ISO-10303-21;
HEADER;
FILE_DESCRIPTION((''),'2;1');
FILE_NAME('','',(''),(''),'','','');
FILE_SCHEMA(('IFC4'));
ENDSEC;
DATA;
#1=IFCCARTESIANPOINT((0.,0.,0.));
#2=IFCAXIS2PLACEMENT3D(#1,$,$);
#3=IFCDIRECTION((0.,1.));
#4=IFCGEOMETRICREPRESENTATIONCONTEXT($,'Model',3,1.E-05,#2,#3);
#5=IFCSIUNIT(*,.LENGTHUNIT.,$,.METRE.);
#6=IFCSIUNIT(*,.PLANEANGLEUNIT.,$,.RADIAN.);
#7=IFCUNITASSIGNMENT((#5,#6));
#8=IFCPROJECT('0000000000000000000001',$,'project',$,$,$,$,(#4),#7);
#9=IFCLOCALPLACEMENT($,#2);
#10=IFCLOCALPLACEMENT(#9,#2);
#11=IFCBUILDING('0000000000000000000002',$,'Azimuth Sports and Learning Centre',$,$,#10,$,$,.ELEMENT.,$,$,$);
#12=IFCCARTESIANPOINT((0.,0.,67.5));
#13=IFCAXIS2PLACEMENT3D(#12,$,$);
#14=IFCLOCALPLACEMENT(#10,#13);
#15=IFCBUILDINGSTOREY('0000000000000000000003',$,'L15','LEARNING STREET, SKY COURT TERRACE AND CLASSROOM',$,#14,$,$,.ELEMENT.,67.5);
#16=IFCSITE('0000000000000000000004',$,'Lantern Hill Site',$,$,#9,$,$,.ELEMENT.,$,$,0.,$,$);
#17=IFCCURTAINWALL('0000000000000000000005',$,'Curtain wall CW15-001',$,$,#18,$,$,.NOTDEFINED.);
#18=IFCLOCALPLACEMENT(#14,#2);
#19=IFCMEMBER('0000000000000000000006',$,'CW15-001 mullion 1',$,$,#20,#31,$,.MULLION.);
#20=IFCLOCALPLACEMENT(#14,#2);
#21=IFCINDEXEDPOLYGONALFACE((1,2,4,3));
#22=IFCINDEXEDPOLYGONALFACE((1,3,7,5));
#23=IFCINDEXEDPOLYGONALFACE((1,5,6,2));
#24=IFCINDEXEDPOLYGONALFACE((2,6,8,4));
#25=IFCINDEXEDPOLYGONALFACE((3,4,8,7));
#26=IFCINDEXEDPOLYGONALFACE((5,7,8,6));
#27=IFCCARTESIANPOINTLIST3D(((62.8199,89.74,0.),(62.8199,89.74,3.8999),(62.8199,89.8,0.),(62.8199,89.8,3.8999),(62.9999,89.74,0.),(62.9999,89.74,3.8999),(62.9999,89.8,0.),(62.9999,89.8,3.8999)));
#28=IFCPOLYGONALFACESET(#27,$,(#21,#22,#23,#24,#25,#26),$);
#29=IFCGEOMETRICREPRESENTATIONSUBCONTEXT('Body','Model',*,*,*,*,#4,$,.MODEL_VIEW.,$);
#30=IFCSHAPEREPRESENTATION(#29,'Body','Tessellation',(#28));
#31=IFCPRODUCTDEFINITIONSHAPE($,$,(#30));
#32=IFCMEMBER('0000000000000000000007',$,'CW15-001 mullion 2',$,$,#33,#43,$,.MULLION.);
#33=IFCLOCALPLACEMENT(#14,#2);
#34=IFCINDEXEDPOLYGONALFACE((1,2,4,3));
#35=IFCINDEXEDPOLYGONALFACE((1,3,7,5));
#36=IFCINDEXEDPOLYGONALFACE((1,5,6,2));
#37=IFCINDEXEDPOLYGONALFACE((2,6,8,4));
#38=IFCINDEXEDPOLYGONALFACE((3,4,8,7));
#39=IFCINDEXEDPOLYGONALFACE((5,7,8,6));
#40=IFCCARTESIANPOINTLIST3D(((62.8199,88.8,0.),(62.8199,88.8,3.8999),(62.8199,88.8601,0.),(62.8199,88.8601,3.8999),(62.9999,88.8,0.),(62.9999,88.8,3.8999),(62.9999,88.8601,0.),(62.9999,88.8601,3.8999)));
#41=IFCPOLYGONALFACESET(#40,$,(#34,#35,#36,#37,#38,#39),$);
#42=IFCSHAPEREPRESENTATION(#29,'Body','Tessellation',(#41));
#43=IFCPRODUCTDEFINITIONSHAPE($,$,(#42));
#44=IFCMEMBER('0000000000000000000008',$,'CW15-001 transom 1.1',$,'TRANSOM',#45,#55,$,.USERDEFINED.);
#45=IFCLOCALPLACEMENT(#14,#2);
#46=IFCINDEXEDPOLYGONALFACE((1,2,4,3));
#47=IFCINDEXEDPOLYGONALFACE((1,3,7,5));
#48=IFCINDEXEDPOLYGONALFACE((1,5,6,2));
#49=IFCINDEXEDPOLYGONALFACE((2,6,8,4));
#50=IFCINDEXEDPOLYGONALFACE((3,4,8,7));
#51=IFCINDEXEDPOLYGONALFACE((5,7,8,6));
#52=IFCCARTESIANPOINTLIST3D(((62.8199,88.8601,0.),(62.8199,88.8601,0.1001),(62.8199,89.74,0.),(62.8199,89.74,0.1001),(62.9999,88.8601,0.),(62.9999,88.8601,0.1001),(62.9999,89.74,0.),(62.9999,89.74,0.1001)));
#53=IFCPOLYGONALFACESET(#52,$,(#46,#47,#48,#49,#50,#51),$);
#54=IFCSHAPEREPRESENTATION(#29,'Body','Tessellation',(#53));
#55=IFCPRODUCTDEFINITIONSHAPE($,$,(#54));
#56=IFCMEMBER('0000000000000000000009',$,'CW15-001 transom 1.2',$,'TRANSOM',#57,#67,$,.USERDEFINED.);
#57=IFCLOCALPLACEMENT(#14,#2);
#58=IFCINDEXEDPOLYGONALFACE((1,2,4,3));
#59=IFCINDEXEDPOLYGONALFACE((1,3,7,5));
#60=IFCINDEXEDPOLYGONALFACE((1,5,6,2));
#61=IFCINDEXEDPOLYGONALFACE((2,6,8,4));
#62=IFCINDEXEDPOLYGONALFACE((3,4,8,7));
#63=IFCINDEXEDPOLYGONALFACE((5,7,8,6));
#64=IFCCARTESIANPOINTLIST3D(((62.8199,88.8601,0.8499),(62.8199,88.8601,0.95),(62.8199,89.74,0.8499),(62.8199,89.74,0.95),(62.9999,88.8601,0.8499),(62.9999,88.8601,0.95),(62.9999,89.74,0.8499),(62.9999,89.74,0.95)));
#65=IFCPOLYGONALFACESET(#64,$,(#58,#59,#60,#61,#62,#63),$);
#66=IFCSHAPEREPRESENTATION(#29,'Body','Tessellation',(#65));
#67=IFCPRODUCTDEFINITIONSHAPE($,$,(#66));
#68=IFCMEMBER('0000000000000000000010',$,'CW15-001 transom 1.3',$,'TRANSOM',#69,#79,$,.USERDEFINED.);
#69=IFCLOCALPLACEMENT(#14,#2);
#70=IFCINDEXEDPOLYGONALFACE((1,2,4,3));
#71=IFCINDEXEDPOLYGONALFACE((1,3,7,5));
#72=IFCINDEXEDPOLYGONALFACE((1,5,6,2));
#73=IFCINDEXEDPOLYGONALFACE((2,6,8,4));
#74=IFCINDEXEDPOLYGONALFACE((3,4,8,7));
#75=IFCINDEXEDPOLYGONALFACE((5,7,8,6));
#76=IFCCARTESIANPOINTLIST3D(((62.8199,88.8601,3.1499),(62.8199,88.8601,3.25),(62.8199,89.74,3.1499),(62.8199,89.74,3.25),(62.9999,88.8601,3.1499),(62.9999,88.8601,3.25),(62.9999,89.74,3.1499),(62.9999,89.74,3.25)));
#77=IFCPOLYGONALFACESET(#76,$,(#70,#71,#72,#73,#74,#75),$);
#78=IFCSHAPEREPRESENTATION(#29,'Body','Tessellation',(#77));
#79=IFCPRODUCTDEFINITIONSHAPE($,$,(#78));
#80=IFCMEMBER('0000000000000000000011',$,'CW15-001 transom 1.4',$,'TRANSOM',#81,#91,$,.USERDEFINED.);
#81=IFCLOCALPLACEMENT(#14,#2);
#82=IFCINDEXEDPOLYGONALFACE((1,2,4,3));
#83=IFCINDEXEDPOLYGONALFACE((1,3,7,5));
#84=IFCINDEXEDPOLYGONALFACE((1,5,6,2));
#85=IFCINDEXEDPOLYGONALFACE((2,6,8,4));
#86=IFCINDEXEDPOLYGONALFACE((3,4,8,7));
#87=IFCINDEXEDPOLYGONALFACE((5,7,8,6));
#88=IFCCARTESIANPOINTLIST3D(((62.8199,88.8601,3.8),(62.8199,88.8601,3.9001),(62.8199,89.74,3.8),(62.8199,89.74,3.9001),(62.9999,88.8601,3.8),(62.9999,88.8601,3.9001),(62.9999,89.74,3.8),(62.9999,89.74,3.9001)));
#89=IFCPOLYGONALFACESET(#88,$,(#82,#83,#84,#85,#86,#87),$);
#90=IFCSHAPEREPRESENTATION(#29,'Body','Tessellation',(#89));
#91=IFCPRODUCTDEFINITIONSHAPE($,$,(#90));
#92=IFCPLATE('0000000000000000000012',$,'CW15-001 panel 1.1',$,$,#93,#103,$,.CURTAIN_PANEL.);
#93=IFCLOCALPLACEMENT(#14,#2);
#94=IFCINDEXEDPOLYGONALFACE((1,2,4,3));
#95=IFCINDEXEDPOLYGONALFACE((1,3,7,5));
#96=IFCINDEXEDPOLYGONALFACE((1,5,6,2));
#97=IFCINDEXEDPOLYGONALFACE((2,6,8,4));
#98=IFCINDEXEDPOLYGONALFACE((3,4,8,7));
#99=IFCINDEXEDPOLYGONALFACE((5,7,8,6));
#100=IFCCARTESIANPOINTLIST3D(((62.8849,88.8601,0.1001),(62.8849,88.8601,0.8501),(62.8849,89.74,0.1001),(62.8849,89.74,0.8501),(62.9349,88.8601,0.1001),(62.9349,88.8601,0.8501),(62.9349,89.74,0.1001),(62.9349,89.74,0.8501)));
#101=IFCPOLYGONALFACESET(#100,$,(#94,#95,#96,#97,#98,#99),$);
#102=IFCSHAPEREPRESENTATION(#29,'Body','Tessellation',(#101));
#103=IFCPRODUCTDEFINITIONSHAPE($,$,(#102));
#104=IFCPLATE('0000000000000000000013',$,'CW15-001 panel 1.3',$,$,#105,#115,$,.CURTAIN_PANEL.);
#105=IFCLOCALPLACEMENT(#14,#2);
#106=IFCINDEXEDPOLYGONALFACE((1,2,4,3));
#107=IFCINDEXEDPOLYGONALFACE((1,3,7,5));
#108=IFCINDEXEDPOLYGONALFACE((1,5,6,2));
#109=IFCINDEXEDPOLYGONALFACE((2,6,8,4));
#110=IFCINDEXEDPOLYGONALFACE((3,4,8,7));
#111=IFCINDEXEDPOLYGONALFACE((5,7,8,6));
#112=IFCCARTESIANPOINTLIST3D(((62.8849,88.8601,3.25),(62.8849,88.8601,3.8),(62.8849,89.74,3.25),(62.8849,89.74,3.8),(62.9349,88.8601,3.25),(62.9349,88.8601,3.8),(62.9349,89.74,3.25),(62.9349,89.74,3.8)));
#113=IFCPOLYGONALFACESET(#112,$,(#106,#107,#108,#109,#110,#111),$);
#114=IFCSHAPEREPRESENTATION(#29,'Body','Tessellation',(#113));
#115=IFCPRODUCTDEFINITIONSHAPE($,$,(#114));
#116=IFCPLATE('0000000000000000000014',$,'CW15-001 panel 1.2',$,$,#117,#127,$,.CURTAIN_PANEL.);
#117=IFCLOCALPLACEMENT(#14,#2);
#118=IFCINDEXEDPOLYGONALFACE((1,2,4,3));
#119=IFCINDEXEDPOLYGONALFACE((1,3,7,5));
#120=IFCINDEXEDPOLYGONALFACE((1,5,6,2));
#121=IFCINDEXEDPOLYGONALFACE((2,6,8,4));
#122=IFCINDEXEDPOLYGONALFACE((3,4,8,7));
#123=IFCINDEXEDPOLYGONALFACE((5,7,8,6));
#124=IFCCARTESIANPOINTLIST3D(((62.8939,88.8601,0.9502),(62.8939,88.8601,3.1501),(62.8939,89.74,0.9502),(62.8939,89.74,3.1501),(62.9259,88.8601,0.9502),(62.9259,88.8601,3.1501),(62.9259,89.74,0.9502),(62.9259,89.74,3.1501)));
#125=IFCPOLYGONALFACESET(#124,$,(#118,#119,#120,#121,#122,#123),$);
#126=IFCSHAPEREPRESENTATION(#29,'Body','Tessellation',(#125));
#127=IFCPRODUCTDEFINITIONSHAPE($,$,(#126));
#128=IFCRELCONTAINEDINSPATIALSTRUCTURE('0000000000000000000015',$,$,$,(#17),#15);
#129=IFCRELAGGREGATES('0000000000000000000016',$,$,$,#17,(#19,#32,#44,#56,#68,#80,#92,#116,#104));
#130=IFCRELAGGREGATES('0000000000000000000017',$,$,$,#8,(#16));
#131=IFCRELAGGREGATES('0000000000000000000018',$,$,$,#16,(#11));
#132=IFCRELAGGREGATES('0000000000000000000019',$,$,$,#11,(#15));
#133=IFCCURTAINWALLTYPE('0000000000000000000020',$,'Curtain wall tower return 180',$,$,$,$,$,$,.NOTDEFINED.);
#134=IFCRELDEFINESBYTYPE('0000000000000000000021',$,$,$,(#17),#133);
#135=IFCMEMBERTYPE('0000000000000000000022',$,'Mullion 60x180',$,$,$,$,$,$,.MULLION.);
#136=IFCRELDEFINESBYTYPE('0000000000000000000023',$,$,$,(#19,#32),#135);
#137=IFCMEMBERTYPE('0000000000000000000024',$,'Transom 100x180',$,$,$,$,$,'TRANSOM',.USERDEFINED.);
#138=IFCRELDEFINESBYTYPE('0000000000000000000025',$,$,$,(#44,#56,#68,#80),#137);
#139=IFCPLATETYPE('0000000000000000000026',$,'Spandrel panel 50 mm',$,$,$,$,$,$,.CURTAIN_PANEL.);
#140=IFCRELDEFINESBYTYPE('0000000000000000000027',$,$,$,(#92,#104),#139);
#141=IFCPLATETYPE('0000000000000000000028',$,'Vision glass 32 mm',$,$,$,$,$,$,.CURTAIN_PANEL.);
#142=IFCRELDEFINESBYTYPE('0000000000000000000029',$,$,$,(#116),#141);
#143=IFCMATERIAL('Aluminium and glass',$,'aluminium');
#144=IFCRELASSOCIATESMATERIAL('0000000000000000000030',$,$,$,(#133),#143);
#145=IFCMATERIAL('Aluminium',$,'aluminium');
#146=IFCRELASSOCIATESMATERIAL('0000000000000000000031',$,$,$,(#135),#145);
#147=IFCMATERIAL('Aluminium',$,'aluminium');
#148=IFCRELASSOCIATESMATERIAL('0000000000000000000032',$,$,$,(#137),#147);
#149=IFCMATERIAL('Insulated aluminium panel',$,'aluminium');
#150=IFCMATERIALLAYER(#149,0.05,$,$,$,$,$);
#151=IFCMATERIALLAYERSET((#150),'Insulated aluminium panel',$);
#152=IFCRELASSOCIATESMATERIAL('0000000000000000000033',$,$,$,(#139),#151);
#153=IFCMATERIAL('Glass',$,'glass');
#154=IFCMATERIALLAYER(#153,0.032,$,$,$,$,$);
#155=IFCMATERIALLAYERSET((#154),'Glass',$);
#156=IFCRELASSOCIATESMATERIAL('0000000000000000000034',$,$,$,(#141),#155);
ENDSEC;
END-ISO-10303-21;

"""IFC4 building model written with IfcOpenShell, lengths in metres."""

from ifc_helpers import new_model, si_unit, direction, frame, origin, origin_2d, place, context, subcontext, project, spatial, rectangle, extrude, material, layer, layer_set, material_profile, profile_set, type_object, element, aggregate, save


model = new_model("IFC4")

# Units and contexts
model_context = context("Model", 3, precision=1e-05, world=origin(), true_north=direction((0.0, 1.0)))
body_context = subcontext(model_context, "Body", "Model", "MODEL_VIEW")
ifc_project = project(units=[si_unit("LENGTHUNIT", "METRE"), si_unit("PLANEANGLEUNIT", "RADIAN")], contexts=[model_context])

# Site, building, storey
site_placement = place(None, origin())
site = spatial("IfcSite", under=ifc_project, at=site_placement, Name="Lantern Hill Site", CompositionType="ELEMENT", RefElevation=0.0)
building_placement = place(site_placement, origin())
building = spatial("IfcBuilding", under=site, at=building_placement, Name="Azimuth Sports and Learning Centre", CompositionType="ELEMENT")
storey_placement = place(building_placement, frame((0.0, 0.0, 67.5)))
storey = spatial("IfcBuildingStorey", under=building, at=storey_placement, Name="L15", Description="LEARNING STREET, SKY COURT TERRACE AND CLASSROOM", CompositionType="ELEMENT", Elevation=67.5)

# Curtain wall, members, plates
ifc_material_1 = material(Name="Aluminium and glass", Category="aluminium")
curtain_wall_type = type_object("IfcCurtainWallType", Name="Curtain wall tower return 180", PredefinedType="NOTDEFINED", material=ifc_material_1)
curtain_wall_placement = place(storey_placement, origin())
curtain_wall = element("IfcCurtainWall", 1, at=curtain_wall_placement, inside=storey, type_object=curtain_wall_type, Name="Curtain wall CW15-001", PredefinedType="NOTDEFINED")
ifc_material_2 = material(Name="Aluminium", Category="aluminium")
ifc_material_profile_1 = material_profile(ifc_material_2, rectangle(XDim=0.1799, YDim=0.0601, at=origin_2d()), Name="Mullion 60x180")
ifc_profile_set_1 = profile_set([ifc_material_profile_1], Name="Aluminium")
member_type_1 = type_object("IfcMemberType", Name="Mullion 60x180", PredefinedType="MULLION", material=ifc_profile_set_1)
member_1_placement = place(storey_placement, frame((62.9099, 89.77, 0.0), z_axis=(0.0, 0.0, 1.0), x_axis=(1.0, 0.0, 0.0)))
member_1 = element("IfcMember", 2, at=member_1_placement, type_object=member_type_1, Name="CW15-001 mullion 1", PredefinedType="MULLION", context=body_context, shape_type="SweptSolid", body=[
    extrude(rectangle(XDim=0.1799, YDim=0.0601, at=origin_2d()), origin(), (0.0, 0.0, 1.0), 3.8999),
])
member_2_placement = place(storey_placement, frame((62.9099, 88.8301, 0.0), z_axis=(0.0, 0.0, 1.0), x_axis=(1.0, 0.0, 0.0)))
member_2 = element("IfcMember", 3, at=member_2_placement, type_object=member_type_1, Name="CW15-001 mullion 2", PredefinedType="MULLION", context=body_context, shape_type="SweptSolid", body=[
    extrude(rectangle(XDim=0.1799, YDim=0.0601, at=origin_2d()), origin(), (0.0, 0.0, 1.0), 3.8999),
])
ifc_material_3 = material(Name="Aluminium", Category="aluminium")
ifc_material_profile_2 = material_profile(ifc_material_3, rectangle(XDim=0.1799, YDim=0.1001, at=origin_2d()), Name="Transom 100x180")
ifc_profile_set_2 = profile_set([ifc_material_profile_2], Name="Aluminium")
member_type_2 = type_object("IfcMemberType", Name="Transom 100x180", ElementType="TRANSOM", PredefinedType="USERDEFINED", material=ifc_profile_set_2)
member_3_placement = place(storey_placement, frame((62.9099, 89.74, 0.05), z_axis=(0.0, -1.0, 0.0), x_axis=(1.0, 0.0, 0.0)))
member_3 = element("IfcMember", 4, at=member_3_placement, type_object=member_type_2, Name="CW15-001 transom 1.1", ObjectType="TRANSOM", PredefinedType="USERDEFINED", context=body_context, shape_type="SweptSolid", body=[
    extrude(rectangle(XDim=0.1799, YDim=0.1001, at=origin_2d()), origin(), (0.0, 0.0, 1.0), 0.8799),
])
member_4_placement = place(storey_placement, frame((62.9099, 89.74, 0.8999), z_axis=(0.0, -1.0, 0.0), x_axis=(1.0, 0.0, 0.0)))
member_4 = element("IfcMember", 5, at=member_4_placement, type_object=member_type_2, Name="CW15-001 transom 1.2", ObjectType="TRANSOM", PredefinedType="USERDEFINED", context=body_context, shape_type="SweptSolid", body=[
    extrude(rectangle(XDim=0.1799, YDim=0.1001, at=origin_2d()), origin(), (0.0, 0.0, 1.0), 0.8799),
])
member_5_placement = place(storey_placement, frame((62.9099, 89.74, 3.2), z_axis=(0.0, -1.0, 0.0), x_axis=(1.0, 0.0, 0.0)))
member_5 = element("IfcMember", 6, at=member_5_placement, type_object=member_type_2, Name="CW15-001 transom 1.3", ObjectType="TRANSOM", PredefinedType="USERDEFINED", context=body_context, shape_type="SweptSolid", body=[
    extrude(rectangle(XDim=0.1799, YDim=0.1001, at=origin_2d()), origin(), (0.0, 0.0, 1.0), 0.8799),
])
member_6_placement = place(storey_placement, frame((62.9099, 89.74, 3.8501), z_axis=(0.0, -1.0, 0.0), x_axis=(1.0, 0.0, 0.0)))
member_6 = element("IfcMember", 7, at=member_6_placement, type_object=member_type_2, Name="CW15-001 transom 1.4", ObjectType="TRANSOM", PredefinedType="USERDEFINED", context=body_context, shape_type="SweptSolid", body=[
    extrude(rectangle(XDim=0.1799, YDim=0.1001, at=origin_2d()), origin(), (0.0, 0.0, 1.0), 0.8799),
])
ifc_material_4 = material(Name="Insulated aluminium panel", Category="aluminium")
ifc_layer_1 = layer(ifc_material_4, 0.05)
ifc_layer_set_1 = layer_set([ifc_layer_1], Name="Insulated aluminium panel")
plate_type_1 = type_object("IfcPlateType", Name="Spandrel panel 50 mm", PredefinedType="CURTAIN_PANEL", material=ifc_layer_set_1)
plate_1_placement = place(storey_placement, frame((62.9099, 89.3, 0.1001), z_axis=(0.0, 0.0, 1.0), x_axis=(0.0, -1.0, 0.0)))
plate_1 = element("IfcPlate", 8, at=plate_1_placement, type_object=plate_type_1, Name="CW15-001 panel 1.1", PredefinedType="CURTAIN_PANEL", context=body_context, shape_type="SweptSolid", body=[
    extrude(rectangle(XDim=0.8799, YDim=0.05, at=origin_2d()), origin(), (0.0, 0.0, 1.0), 0.75),
])
plate_2_placement = place(storey_placement, frame((62.9099, 89.3, 3.25), z_axis=(0.0, 0.0, 1.0), x_axis=(0.0, -1.0, 0.0)))
plate_2 = element("IfcPlate", 9, at=plate_2_placement, type_object=plate_type_1, Name="CW15-001 panel 1.3", PredefinedType="CURTAIN_PANEL", context=body_context, shape_type="SweptSolid", body=[
    extrude(rectangle(XDim=0.8799, YDim=0.05, at=origin_2d()), origin(), (0.0, 0.0, 1.0), 0.55),
])
ifc_material_5 = material(Name="Glass", Category="glass")
ifc_layer_2 = layer(ifc_material_5, 0.032)
ifc_layer_set_2 = layer_set([ifc_layer_2], Name="Glass")
plate_type_2 = type_object("IfcPlateType", Name="Vision glass 32 mm", PredefinedType="CURTAIN_PANEL", material=ifc_layer_set_2)
plate_3_placement = place(storey_placement, frame((62.9099, 89.3, 0.9502), z_axis=(0.0, 0.0, 1.0), x_axis=(0.0, -1.0, 0.0)))
plate_3 = element("IfcPlate", 10, at=plate_3_placement, type_object=plate_type_2, Name="CW15-001 panel 1.2", PredefinedType="CURTAIN_PANEL", context=body_context, shape_type="SweptSolid", body=[
    extrude(rectangle(XDim=0.8799, YDim=0.032, at=origin_2d()), origin(), (0.0, 0.0, 1.0), 2.2),
])
aggregate(curtain_wall, [member_1, member_2, member_3, member_4, member_5, member_6, plate_1, plate_3, plate_2])

save(model, "model.ifc")
